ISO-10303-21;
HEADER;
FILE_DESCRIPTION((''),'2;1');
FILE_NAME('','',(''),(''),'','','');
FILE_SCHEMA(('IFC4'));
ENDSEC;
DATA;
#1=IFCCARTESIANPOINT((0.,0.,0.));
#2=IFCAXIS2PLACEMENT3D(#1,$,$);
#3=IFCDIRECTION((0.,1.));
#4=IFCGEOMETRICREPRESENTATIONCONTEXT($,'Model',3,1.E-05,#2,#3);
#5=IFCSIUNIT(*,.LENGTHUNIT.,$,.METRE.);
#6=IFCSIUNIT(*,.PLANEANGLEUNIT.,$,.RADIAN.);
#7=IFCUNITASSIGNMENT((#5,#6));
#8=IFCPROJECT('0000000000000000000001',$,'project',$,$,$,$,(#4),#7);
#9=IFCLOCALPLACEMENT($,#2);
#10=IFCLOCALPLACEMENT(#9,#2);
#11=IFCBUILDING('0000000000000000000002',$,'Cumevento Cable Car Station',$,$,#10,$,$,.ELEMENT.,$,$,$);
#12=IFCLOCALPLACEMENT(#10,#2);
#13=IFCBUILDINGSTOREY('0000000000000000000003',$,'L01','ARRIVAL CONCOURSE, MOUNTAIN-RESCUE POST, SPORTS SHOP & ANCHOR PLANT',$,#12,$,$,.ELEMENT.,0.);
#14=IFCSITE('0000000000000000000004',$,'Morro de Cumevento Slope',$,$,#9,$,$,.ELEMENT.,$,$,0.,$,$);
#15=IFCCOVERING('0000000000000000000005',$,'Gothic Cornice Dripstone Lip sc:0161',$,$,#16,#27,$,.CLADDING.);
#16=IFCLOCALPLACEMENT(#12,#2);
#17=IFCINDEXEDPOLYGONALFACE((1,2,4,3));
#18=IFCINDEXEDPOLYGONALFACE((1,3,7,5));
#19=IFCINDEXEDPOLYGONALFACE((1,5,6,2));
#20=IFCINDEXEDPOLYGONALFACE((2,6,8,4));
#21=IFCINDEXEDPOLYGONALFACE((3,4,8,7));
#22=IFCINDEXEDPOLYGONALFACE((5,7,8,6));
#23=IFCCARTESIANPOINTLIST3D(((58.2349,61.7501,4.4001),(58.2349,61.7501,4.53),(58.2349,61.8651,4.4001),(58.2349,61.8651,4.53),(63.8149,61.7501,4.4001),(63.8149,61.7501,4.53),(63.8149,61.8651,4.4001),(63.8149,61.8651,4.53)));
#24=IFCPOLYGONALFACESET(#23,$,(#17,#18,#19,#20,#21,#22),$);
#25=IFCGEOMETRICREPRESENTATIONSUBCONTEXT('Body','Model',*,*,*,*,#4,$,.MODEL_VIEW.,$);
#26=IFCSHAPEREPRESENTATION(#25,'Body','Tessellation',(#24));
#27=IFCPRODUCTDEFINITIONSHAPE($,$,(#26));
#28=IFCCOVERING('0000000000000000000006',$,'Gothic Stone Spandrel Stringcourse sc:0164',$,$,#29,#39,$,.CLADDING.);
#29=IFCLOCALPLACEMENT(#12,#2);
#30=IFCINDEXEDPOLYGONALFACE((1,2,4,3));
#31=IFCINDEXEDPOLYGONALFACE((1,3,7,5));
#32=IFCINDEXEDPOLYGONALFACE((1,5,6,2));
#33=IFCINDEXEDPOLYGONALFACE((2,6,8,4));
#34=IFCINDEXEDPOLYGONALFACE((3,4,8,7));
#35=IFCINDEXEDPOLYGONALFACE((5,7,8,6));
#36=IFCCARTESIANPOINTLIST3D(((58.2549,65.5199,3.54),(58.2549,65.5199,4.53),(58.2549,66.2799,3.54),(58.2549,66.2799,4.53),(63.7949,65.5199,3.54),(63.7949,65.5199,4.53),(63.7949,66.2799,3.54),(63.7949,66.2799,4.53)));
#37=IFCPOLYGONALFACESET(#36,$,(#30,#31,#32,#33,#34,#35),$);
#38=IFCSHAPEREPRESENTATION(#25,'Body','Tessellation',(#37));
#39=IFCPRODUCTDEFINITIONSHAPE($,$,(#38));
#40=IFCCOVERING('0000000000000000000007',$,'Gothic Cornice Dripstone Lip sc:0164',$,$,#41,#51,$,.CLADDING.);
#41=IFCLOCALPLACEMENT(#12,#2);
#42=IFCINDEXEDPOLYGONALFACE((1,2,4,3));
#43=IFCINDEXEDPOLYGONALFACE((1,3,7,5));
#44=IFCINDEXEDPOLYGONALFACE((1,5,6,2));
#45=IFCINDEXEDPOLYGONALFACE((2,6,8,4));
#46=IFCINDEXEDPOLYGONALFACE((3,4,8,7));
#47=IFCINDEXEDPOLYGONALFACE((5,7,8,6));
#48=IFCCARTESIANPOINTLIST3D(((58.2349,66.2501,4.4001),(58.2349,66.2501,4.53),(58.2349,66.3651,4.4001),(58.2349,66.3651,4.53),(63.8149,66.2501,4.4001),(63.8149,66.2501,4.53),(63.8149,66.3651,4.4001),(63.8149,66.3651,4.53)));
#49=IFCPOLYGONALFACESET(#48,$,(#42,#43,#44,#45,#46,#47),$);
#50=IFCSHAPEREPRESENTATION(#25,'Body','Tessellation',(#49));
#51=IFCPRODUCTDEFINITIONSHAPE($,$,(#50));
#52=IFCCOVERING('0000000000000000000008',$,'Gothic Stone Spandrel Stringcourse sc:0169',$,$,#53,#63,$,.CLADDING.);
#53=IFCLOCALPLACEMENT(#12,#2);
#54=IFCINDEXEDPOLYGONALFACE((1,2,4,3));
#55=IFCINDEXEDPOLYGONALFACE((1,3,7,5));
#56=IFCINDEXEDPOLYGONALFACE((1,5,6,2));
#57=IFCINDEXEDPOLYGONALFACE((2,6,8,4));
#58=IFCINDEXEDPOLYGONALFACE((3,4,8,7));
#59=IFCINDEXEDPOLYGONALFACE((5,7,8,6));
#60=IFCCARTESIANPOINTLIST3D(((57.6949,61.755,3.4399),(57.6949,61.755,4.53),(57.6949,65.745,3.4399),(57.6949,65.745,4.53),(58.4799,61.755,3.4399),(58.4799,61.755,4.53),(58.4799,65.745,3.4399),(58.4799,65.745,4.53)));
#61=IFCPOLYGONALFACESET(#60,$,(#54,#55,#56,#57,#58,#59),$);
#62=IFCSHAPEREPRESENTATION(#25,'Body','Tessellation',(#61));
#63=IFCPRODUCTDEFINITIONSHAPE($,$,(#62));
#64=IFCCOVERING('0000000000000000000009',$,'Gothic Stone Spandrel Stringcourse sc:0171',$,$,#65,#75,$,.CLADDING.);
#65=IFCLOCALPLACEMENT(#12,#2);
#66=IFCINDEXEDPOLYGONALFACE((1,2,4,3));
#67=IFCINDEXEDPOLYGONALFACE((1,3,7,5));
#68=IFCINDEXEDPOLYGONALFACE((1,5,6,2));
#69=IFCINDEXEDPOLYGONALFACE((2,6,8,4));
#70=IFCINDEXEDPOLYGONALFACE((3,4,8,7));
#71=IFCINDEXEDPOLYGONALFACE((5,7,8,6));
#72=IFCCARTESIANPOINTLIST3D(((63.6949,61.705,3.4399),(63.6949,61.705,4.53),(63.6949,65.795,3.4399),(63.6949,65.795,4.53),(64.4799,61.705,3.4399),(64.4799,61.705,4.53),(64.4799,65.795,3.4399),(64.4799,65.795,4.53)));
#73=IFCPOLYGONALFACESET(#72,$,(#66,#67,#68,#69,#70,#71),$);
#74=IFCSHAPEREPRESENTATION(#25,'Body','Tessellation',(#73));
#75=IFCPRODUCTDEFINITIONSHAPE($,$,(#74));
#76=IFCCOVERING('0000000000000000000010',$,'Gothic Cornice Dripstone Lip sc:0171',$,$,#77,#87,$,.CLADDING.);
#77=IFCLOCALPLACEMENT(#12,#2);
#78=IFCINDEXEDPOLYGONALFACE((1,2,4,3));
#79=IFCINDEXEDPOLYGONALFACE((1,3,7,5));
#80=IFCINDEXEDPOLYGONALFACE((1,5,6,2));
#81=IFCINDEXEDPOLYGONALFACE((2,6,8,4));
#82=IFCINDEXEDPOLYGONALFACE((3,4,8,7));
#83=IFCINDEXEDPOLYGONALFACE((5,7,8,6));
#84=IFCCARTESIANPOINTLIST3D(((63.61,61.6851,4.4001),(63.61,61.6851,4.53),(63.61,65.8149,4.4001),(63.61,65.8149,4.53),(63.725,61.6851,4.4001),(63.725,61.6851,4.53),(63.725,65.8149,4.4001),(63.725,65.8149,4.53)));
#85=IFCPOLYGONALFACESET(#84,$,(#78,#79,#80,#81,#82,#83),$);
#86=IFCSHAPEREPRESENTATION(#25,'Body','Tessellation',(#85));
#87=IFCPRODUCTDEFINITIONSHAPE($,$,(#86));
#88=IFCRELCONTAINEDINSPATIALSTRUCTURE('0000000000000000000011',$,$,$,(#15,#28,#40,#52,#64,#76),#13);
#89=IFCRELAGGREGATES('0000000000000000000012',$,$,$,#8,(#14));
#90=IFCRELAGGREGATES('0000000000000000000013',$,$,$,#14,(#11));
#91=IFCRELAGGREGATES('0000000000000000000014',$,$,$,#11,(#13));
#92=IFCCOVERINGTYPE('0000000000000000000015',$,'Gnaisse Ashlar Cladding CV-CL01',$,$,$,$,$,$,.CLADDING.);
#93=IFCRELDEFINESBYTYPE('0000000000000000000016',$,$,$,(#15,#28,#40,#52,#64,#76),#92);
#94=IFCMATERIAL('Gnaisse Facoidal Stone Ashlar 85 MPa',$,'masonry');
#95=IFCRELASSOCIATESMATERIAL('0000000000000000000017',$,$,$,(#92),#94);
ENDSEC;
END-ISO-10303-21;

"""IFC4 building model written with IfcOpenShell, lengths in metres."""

from ifc_helpers import new_model, si_unit, direction, frame, origin, origin_2d, place, context, subcontext, project, spatial, rectangle, extrude, material, type_object, element, save


model = new_model("IFC4")

# Units and contexts
model_context = context("Model", 3, precision=1e-05, world=origin(), true_north=direction((0.0, 1.0)))
body_context = subcontext(model_context, "Body", "Model", "MODEL_VIEW")
ifc_project = project(units=[si_unit("LENGTHUNIT", "METRE"), si_unit("PLANEANGLEUNIT", "RADIAN")], contexts=[model_context])

# Site, building, storey
site_placement = place(None, origin())
site = spatial("IfcSite", under=ifc_project, at=site_placement, Name="Morro de Cumevento Slope", CompositionType="ELEMENT", RefElevation=0.0)
building_placement = place(site_placement, origin())
building = spatial("IfcBuilding", under=site, at=building_placement, Name="Cumevento Cable Car Station", CompositionType="ELEMENT")
storey_placement = place(building_placement, origin())
storey = spatial("IfcBuildingStorey", under=building, at=storey_placement, Name="L01", Description="ARRIVAL CONCOURSE, MOUNTAIN-RESCUE POST, SPORTS SHOP & ANCHOR PLANT", CompositionType="ELEMENT", Elevation=0.0)

# Coverings
ifc_material_1 = material(Name="Gnaisse Facoidal Stone Ashlar 85 MPa", Category="masonry")
covering_type = type_object("IfcCoveringType", Name="Gnaisse Ashlar Cladding CV-CL01", PredefinedType="CLADDING", material=ifc_material_1)
covering_1_placement = place(storey_placement, frame((61.0249, 61.8076, 4.4001), z_axis=(0.0, 0.0, 1.0), x_axis=(1.0, 0.0, 0.0)))
element("IfcCovering", 1, at=covering_1_placement, inside=storey, type_object=covering_type, Name="Gothic Cornice Dripstone Lip sc:0161", PredefinedType="CLADDING", context=body_context, shape_type="SweptSolid", body=[
    extrude(rectangle(XDim=5.5801, YDim=0.115, at=origin_2d()), origin(), (0.0, 0.0, 1.0), 0.1299),
])
covering_2_placement = place(storey_placement, frame((61.0249, 65.8999, 3.54), z_axis=(0.0, 0.0, 1.0), x_axis=(1.0, 0.0, 0.0)))
element("IfcCovering", 2, at=covering_2_placement, inside=storey, type_object=covering_type, Name="Gothic Stone Spandrel Stringcourse sc:0164", PredefinedType="CLADDING", context=body_context, shape_type="SweptSolid", body=[
    extrude(rectangle(XDim=5.54, YDim=0.76, at=origin_2d()), origin(), (0.0, 0.0, 1.0), 0.99),
])
covering_3_placement = place(storey_placement, frame((61.0249, 66.3076, 4.4001), z_axis=(0.0, 0.0, 1.0), x_axis=(1.0, 0.0, 0.0)))
element("IfcCovering", 3, at=covering_3_placement, inside=storey, type_object=covering_type, Name="Gothic Cornice Dripstone Lip sc:0164", PredefinedType="CLADDING", context=body_context, shape_type="SweptSolid", body=[
    extrude(rectangle(XDim=5.5801, YDim=0.115, at=origin_2d()), origin(), (0.0, 0.0, 1.0), 0.1299),
])
covering_4_placement = place(storey_placement, frame((58.0874, 63.75, 3.4399), z_axis=(0.0, 0.0, 1.0), x_axis=(0.0, 1.0, 0.0)))
element("IfcCovering", 4, at=covering_4_placement, inside=storey, type_object=covering_type, Name="Gothic Stone Spandrel Stringcourse sc:0169", PredefinedType="CLADDING", context=body_context, shape_type="SweptSolid", body=[
    extrude(rectangle(XDim=3.99, YDim=0.7849, at=origin_2d()), origin(), (0.0, 0.0, 1.0), 1.0901),
])
covering_5_placement = place(storey_placement, frame((64.0874, 63.75, 3.4399), z_axis=(0.0, 0.0, 1.0), x_axis=(0.0, 1.0, 0.0)))
element("IfcCovering", 5, at=covering_5_placement, inside=storey, type_object=covering_type, Name="Gothic Stone Spandrel Stringcourse sc:0171", PredefinedType="CLADDING", context=body_context, shape_type="SweptSolid", body=[
    extrude(rectangle(XDim=4.0901, YDim=0.7849, at=origin_2d()), origin(), (0.0, 0.0, 1.0), 1.0901),
])
covering_6_placement = place(storey_placement, frame((63.6675, 63.75, 4.4001), z_axis=(0.0, 0.0, 1.0), x_axis=(0.0, 1.0, 0.0)))
element("IfcCovering", 6, at=covering_6_placement, inside=storey, type_object=covering_type, Name="Gothic Cornice Dripstone Lip sc:0171", PredefinedType="CLADDING", context=body_context, shape_type="SweptSolid", body=[
    extrude(rectangle(XDim=4.1299, YDim=0.115, at=origin_2d()), origin(), (0.0, 0.0, 1.0), 0.1299),
])

save(model, "model.ifc")
